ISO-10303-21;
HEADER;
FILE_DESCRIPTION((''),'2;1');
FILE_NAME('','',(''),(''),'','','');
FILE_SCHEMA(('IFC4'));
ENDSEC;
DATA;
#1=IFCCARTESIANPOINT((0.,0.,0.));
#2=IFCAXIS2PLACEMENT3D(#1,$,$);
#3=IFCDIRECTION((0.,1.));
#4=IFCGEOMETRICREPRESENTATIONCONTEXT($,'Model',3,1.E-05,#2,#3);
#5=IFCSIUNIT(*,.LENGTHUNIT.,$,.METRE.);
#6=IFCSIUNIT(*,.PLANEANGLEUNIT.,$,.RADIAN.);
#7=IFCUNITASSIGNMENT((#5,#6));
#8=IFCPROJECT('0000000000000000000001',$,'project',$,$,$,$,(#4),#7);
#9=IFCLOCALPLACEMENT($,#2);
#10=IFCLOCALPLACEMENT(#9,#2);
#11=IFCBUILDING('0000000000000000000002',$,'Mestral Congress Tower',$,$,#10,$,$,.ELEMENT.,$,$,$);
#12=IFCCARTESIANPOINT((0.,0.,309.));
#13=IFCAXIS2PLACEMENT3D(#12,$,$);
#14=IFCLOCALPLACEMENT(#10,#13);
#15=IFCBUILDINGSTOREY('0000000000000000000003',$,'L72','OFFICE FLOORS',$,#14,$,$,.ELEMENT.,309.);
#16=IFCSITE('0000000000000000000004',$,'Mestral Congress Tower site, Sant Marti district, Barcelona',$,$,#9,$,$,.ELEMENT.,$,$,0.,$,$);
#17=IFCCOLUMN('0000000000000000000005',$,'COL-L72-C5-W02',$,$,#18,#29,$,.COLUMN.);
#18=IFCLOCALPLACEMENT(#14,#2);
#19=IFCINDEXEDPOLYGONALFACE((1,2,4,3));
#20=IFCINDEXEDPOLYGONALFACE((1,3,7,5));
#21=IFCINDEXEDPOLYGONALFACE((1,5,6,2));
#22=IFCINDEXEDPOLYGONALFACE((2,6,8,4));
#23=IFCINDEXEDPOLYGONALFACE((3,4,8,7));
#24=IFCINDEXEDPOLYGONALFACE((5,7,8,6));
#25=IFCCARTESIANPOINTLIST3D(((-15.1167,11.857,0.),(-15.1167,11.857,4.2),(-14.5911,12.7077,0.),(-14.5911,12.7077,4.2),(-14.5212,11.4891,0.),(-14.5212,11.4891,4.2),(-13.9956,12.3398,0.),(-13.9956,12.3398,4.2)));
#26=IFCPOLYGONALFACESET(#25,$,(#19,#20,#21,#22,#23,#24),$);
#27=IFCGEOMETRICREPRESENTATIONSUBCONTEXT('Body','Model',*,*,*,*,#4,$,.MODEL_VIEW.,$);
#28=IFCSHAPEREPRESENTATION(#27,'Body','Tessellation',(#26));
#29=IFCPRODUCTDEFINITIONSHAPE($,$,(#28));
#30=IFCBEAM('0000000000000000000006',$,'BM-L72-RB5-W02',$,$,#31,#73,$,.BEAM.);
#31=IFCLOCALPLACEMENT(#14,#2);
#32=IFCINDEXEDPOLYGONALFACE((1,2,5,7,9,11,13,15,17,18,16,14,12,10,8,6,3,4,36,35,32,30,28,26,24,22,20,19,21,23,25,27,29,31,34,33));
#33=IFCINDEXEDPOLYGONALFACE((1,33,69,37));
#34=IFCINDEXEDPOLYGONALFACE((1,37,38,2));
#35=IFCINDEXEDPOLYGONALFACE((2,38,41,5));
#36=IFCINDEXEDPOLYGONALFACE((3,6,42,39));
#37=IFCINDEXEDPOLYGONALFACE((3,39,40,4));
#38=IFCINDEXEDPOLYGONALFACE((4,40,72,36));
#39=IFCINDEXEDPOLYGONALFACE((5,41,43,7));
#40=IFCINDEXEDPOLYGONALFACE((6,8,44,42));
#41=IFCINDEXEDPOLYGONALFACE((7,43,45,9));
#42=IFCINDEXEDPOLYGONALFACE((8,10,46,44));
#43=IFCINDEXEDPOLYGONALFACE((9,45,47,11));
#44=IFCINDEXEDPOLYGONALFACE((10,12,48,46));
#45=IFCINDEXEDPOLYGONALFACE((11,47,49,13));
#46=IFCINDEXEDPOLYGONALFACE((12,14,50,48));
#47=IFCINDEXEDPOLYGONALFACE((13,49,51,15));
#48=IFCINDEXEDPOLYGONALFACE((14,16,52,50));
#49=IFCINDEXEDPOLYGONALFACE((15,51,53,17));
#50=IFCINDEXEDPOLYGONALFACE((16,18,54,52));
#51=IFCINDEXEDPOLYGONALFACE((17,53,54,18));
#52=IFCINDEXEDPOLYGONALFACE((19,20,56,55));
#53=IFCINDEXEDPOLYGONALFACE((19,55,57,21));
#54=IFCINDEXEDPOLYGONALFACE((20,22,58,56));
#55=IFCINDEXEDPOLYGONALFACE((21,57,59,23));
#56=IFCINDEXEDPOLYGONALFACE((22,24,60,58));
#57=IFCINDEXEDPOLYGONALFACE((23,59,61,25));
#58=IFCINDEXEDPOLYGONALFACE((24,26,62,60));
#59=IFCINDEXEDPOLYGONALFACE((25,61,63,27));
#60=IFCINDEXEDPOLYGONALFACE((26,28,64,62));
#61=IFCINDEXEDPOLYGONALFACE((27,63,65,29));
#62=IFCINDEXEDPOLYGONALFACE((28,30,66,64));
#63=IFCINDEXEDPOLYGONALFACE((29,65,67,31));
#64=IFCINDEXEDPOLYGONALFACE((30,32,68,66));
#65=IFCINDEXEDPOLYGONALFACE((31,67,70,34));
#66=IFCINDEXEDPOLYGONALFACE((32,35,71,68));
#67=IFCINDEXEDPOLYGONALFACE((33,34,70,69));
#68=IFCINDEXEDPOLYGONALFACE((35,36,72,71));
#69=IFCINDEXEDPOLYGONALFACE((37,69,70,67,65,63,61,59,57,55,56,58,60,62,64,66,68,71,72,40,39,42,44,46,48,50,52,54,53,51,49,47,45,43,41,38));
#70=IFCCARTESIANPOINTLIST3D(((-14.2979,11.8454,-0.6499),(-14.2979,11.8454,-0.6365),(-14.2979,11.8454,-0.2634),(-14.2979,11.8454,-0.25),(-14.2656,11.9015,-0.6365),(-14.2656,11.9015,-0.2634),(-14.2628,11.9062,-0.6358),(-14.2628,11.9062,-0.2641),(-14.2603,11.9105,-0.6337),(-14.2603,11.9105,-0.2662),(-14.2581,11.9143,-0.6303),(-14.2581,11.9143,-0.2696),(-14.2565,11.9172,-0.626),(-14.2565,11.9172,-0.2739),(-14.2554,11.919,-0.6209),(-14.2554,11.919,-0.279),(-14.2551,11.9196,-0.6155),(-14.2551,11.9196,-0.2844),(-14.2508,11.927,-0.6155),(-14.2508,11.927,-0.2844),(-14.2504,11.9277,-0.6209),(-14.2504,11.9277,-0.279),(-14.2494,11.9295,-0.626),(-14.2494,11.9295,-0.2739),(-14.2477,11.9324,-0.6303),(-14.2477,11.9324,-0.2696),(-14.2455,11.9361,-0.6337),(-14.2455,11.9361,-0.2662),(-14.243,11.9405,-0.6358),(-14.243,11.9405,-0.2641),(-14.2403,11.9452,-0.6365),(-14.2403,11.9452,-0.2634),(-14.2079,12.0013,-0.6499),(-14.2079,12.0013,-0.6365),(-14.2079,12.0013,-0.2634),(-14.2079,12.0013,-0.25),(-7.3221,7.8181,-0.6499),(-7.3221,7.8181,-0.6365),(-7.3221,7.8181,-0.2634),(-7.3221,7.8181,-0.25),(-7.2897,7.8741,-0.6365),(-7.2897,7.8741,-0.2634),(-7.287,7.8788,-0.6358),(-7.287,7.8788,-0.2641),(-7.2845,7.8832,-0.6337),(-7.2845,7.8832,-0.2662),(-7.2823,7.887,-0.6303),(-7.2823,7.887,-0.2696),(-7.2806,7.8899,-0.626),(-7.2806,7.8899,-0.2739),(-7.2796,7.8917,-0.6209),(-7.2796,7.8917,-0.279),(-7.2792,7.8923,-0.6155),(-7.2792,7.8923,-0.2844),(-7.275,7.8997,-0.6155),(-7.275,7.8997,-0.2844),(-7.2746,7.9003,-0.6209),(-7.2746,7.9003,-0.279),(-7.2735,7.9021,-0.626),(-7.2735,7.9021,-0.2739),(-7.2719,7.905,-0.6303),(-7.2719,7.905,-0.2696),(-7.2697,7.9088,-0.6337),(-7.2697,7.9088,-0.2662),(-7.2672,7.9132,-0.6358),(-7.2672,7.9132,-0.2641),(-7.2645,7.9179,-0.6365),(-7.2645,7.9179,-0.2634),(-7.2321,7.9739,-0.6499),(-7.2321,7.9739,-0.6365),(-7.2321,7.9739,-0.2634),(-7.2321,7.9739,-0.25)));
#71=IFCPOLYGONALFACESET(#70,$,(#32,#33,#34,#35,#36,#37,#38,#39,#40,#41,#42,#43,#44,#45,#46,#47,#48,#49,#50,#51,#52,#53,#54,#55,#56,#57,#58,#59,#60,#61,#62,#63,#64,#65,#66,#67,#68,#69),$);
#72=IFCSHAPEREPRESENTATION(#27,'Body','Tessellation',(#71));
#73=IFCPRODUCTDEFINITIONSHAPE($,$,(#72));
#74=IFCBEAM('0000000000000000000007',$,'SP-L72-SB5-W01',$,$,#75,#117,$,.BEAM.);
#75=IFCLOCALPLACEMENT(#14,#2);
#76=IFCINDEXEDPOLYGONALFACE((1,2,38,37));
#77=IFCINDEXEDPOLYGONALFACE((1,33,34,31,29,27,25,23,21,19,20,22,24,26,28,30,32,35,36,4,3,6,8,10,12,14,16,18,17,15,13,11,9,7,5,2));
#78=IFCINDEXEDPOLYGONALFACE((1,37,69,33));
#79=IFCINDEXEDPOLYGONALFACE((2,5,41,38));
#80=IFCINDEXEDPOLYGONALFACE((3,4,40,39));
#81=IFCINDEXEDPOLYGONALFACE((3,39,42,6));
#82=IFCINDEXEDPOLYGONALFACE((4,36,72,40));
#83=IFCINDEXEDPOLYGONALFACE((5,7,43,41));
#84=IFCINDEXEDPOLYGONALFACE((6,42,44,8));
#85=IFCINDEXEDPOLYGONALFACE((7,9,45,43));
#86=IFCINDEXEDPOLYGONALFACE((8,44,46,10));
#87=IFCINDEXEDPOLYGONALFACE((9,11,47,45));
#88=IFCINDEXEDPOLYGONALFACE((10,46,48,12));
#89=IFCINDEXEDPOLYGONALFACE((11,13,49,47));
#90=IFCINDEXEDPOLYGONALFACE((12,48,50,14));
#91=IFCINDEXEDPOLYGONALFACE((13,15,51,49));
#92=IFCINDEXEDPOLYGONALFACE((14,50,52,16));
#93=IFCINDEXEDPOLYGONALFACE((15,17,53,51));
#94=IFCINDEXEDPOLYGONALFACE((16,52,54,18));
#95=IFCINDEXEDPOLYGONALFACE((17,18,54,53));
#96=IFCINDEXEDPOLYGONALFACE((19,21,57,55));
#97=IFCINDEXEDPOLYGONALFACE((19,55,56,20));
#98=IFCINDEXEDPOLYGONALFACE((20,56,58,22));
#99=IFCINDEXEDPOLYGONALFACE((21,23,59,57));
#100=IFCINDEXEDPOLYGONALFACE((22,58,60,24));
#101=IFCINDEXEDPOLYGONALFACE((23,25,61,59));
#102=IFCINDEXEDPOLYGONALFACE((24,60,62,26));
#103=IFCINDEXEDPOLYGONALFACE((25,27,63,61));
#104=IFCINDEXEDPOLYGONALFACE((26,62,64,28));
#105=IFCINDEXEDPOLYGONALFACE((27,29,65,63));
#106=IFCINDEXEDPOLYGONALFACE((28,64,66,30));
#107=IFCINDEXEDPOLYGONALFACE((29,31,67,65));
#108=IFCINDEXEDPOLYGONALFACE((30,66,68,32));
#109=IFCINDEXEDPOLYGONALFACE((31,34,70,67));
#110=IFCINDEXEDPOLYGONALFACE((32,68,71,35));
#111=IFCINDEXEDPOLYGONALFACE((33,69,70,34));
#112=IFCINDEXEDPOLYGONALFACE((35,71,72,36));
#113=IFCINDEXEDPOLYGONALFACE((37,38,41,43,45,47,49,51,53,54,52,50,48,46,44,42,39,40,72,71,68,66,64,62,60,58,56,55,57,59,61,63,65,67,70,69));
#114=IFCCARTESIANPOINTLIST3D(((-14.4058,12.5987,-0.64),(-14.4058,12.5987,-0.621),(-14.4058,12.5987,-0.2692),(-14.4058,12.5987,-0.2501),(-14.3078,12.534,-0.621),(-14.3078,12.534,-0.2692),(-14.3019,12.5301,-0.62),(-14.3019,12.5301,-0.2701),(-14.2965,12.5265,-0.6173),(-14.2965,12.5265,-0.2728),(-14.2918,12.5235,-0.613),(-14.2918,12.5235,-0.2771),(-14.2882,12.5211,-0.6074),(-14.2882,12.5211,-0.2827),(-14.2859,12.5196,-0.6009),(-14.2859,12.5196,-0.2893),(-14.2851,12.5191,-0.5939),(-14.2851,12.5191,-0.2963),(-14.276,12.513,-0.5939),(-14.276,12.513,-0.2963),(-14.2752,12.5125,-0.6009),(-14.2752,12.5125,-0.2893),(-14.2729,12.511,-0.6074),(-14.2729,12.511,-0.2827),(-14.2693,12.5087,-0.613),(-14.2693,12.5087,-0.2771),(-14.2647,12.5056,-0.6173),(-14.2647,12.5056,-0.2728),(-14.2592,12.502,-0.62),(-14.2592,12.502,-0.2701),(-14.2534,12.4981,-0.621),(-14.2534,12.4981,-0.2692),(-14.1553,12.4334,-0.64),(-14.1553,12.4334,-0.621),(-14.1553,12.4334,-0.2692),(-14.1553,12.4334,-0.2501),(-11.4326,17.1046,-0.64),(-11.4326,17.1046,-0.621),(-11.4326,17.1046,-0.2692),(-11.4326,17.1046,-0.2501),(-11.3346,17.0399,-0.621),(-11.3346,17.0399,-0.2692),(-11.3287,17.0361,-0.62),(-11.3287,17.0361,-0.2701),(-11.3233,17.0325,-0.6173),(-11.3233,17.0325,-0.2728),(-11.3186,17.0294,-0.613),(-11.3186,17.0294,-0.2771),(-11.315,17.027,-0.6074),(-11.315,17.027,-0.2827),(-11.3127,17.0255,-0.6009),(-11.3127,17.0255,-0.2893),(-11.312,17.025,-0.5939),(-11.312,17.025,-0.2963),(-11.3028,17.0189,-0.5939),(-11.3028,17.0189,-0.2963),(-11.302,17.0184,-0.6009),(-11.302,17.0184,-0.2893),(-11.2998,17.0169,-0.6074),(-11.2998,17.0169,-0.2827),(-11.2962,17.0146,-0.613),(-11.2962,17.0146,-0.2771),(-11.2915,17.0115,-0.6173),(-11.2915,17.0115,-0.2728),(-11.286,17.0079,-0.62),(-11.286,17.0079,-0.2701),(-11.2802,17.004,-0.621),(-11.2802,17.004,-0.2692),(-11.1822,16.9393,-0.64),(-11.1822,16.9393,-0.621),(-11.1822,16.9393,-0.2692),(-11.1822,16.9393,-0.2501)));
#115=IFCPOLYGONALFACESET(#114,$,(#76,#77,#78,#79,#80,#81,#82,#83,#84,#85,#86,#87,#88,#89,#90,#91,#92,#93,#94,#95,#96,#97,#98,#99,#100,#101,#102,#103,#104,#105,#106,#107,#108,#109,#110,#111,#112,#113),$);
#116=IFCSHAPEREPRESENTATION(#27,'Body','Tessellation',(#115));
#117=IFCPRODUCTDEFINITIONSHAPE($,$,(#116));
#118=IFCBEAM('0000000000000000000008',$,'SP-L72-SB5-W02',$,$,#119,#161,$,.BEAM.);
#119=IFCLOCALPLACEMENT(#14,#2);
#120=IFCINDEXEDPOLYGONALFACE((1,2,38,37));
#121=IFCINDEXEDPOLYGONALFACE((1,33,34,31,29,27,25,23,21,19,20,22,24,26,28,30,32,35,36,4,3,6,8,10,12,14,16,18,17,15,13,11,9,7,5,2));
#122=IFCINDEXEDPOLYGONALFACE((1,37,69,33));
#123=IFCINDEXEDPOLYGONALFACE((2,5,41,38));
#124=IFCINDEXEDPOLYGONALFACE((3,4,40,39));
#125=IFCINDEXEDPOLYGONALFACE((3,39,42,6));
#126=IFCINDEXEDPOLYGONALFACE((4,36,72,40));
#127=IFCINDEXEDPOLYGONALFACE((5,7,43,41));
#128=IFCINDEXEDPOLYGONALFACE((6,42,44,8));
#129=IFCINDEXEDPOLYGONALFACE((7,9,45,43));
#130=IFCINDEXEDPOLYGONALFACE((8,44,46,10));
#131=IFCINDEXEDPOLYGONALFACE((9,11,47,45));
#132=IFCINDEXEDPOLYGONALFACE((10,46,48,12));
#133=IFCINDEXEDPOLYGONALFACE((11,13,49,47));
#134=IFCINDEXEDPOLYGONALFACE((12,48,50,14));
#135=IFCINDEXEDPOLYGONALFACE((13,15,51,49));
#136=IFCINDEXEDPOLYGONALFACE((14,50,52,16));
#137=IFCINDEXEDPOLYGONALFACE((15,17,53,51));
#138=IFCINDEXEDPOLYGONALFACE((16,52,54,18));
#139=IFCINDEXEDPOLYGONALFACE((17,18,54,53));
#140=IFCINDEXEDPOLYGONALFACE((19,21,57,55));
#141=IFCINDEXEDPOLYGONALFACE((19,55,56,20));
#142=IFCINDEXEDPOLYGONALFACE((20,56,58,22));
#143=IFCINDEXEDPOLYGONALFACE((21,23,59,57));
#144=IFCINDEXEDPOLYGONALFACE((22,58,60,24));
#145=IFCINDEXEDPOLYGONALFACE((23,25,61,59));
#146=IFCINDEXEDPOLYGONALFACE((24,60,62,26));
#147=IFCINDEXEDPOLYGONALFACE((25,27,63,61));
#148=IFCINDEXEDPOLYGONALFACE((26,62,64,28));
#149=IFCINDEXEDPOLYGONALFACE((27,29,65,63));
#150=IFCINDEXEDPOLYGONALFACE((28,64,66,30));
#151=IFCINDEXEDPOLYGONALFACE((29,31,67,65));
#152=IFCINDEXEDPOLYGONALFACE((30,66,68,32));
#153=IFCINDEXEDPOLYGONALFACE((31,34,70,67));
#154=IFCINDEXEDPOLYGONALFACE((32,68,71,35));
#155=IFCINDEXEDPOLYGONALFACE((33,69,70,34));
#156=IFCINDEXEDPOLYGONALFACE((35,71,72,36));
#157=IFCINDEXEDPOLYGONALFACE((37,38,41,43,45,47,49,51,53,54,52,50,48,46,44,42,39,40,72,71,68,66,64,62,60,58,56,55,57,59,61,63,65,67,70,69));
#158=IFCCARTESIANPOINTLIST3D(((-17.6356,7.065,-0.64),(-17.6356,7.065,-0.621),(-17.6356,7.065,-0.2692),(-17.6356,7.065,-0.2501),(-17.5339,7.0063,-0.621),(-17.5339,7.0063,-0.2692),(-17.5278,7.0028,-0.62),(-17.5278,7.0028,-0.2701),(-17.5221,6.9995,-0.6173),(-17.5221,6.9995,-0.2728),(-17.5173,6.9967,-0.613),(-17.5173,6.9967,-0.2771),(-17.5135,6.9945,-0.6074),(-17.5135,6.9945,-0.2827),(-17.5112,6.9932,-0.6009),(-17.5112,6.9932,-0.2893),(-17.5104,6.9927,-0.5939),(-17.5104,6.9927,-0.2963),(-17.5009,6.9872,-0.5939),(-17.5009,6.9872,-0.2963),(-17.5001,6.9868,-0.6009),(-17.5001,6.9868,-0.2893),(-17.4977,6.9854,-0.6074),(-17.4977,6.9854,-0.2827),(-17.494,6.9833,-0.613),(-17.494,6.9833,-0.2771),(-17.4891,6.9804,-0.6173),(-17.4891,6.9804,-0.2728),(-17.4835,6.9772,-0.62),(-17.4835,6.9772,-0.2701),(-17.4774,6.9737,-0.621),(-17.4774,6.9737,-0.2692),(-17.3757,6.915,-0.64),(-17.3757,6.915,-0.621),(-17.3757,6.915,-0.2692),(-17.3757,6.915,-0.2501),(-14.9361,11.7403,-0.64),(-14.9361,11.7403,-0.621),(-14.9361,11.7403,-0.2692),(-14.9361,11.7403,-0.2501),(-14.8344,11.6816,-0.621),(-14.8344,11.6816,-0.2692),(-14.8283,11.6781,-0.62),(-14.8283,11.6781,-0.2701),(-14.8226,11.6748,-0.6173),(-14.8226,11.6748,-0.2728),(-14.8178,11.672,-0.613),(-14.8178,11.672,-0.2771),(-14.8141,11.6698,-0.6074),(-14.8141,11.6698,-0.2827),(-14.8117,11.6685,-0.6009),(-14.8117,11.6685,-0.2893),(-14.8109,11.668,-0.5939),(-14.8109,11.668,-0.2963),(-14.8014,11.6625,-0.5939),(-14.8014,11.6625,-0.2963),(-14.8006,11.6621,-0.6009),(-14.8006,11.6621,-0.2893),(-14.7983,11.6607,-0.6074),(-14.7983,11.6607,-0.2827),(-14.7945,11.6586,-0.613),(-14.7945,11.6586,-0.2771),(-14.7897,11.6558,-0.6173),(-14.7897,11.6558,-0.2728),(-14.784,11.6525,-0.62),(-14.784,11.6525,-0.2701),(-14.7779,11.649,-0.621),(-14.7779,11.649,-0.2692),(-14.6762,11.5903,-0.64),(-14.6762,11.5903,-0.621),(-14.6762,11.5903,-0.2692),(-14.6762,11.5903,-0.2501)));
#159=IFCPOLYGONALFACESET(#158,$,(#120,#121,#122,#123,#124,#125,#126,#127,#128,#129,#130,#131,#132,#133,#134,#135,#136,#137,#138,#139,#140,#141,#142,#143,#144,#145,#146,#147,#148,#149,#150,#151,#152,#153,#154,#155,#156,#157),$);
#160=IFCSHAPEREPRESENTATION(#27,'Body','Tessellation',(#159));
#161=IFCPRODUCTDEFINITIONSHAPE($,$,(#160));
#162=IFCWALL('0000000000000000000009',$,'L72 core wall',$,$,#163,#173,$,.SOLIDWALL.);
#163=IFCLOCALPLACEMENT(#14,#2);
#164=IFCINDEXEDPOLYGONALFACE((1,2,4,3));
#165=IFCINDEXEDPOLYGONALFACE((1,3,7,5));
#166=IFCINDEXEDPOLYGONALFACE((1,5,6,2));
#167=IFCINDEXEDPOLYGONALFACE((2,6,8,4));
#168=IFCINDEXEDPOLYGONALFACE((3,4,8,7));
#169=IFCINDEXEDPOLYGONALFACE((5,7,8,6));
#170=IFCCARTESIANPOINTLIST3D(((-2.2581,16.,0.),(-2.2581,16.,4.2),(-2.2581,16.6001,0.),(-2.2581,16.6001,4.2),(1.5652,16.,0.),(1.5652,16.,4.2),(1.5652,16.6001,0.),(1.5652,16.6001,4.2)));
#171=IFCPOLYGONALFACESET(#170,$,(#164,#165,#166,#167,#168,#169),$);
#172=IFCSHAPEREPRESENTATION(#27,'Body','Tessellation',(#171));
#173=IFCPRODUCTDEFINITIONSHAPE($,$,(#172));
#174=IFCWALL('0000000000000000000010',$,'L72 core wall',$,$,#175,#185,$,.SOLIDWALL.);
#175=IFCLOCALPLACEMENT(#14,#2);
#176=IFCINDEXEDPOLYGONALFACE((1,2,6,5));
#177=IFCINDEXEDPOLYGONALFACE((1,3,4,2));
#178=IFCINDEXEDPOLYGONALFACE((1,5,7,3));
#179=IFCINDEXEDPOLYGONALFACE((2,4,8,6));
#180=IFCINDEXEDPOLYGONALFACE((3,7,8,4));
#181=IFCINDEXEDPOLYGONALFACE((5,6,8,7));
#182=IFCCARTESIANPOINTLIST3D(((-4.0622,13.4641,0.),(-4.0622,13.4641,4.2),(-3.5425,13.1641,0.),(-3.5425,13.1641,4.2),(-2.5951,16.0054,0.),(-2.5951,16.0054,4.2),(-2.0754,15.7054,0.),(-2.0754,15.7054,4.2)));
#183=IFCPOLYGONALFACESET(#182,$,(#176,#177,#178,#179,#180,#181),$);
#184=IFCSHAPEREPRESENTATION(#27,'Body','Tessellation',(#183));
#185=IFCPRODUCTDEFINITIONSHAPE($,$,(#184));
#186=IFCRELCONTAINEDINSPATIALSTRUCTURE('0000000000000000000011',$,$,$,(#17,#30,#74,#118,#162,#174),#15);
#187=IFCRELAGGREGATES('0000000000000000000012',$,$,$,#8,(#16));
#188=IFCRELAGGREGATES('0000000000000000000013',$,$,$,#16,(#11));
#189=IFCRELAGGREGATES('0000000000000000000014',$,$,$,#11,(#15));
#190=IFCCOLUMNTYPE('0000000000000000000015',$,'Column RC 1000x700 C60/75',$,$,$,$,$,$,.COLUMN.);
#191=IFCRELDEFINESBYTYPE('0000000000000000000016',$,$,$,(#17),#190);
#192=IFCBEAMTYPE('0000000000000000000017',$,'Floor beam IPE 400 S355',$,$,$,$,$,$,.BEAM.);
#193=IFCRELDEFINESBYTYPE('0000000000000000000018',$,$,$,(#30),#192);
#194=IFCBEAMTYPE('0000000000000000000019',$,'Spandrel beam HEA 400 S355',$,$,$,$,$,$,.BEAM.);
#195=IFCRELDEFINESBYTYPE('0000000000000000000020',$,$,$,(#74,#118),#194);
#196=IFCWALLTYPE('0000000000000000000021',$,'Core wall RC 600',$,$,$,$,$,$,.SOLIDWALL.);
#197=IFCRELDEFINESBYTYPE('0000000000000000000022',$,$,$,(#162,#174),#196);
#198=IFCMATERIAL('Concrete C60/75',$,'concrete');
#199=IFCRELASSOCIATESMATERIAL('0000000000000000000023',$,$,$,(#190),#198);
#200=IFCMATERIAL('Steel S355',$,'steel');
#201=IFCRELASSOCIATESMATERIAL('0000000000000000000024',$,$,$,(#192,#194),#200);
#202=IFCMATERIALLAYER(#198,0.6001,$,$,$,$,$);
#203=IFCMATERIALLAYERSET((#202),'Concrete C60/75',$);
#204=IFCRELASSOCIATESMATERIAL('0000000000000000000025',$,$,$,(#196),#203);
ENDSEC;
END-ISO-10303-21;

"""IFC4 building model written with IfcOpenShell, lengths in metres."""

from ifc_helpers import new_model, si_unit, direction, frame, frame_2d, origin, origin_2d, place, context, subcontext, project, spatial, rectangle, i_section, extrude, material, layer, layer_set, material_profile, profile_set, type_object, element, save


model = new_model("IFC4")

# Units and contexts
model_context = context("Model", 3, precision=1e-05, world=origin(), true_north=direction((0.0, 1.0)))
body_context = subcontext(model_context, "Body", "Model", "MODEL_VIEW")
ifc_project = project(units=[si_unit("LENGTHUNIT", "METRE"), si_unit("PLANEANGLEUNIT", "RADIAN")], contexts=[model_context])

# Site, building, storey
site_placement = place(None, origin())
site = spatial("IfcSite", under=ifc_project, at=site_placement, Name="Mestral Congress Tower site, Sant Marti district, Barcelona", CompositionType="ELEMENT", RefElevation=0.0)
building_placement = place(site_placement, origin())
building = spatial("IfcBuilding", under=site, at=building_placement, Name="Mestral Congress Tower", CompositionType="ELEMENT")
storey_placement = place(building_placement, frame((0.0, 0.0, 309.0)))
storey = spatial("IfcBuildingStorey", under=building, at=storey_placement, Name="L72", Description="OFFICE FLOORS", CompositionType="ELEMENT", Elevation=309.0)

# Column
ifc_material_1 = material(Name="Concrete C60/75", Category="concrete")
ifc_material_profile_1 = material_profile(ifc_material_1, rectangle(XDim=1.0, YDim=0.7, at=origin_2d()), Name="RC 1000x700")
ifc_profile_set_1 = profile_set([ifc_material_profile_1], Name="Concrete C60/75")
column_type = type_object("IfcColumnType", Name="Column RC 1000x700 C60/75", PredefinedType="COLUMN", material=ifc_profile_set_1)
column_placement = place(storey_placement, frame((-14.5562, 12.0984, 0.0), z_axis=(0.0, 0.0, 1.0), x_axis=(-0.52561, -0.850726, 0.0)))
element("IfcColumn", 1, at=column_placement, inside=storey, type_object=column_type, Name="COL-L72-C5-W02", PredefinedType="COLUMN", context=body_context, shape_type="SweptSolid", body=[
    extrude(rectangle(XDim=1.0, YDim=0.7, at=origin_2d()), origin(), (0.0, 0.0, 1.0), 4.2),
])

# Beams
ifc_material_2 = material(Name="Steel S355", Category="steel")
ifc_material_profile_2 = material_profile(ifc_material_2, i_section(OverallWidth=0.1799, OverallDepth=0.3999, WebThickness=0.0085, FlangeThickness=0.0134, FilletRadius=0.021, at=origin_2d()), Name="IPE 400")
ifc_profile_set_2 = profile_set([ifc_material_profile_2], Name="Steel S355")
beam_type_1 = type_object("IfcBeamType", Name="Floor beam IPE 400 S355", PredefinedType="BEAM", material=ifc_profile_set_2)
beam_1_placement = place(storey_placement, frame((-14.2529, 11.9233, -0.45), z_axis=(0.866034, -0.499986, 0.0), x_axis=(0.499986, 0.866034, 0.0)))
element("IfcBeam", 2, at=beam_1_placement, inside=storey, type_object=beam_type_1, Name="BM-L72-RB5-W02", PredefinedType="BEAM", context=body_context, shape_type="SweptSolid", body=[
    extrude(i_section(OverallWidth=0.1799, OverallDepth=0.3999, WebThickness=0.0085, FlangeThickness=0.0134, FilletRadius=0.021, at=origin_2d()), origin(), (0.0, 0.0, 1.0), 8.0549),
])
ifc_material_profile_3 = material_profile(ifc_material_2, i_section(OverallWidth=0.3, OverallDepth=0.3899, WebThickness=0.011, FlangeThickness=0.019, FilletRadius=0.0271, at=origin_2d()), Name="HEA 400")
ifc_profile_set_3 = profile_set([ifc_material_profile_3], Name="Steel S355")
beam_type_2 = type_object("IfcBeamType", Name="Spandrel beam HEA 400 S355", PredefinedType="BEAM", material=ifc_profile_set_3)
beam_2_placement = place(storey_placement, frame((-11.3074, 17.022, -0.4451), z_axis=(-0.550749, -0.834671, 0.0), x_axis=(0.834671, -0.550749, 0.0)))
element("IfcBeam", 3, at=beam_2_placement, inside=storey, type_object=beam_type_2, Name="SP-L72-SB5-W01", PredefinedType="BEAM", context=body_context, shape_type="SweptSolid", body=[
    extrude(i_section(OverallWidth=0.3, OverallDepth=0.3899, WebThickness=0.011, FlangeThickness=0.019, FilletRadius=0.0271, at=origin_2d()), origin(), (0.0, 0.0, 1.0), 5.3984),
])
beam_3_placement = place(storey_placement, frame((-14.8062, 11.6653, -0.4451), z_axis=(-0.500025, -0.866011, 0.0), x_axis=(0.866011, -0.500025, 0.0)))
element("IfcBeam", 4, at=beam_3_placement, inside=storey, type_object=beam_type_2, Name="SP-L72-SB5-W02", PredefinedType="BEAM", context=body_context, shape_type="SweptSolid", body=[
    extrude(i_section(OverallWidth=0.3, OverallDepth=0.3899, WebThickness=0.011, FlangeThickness=0.019, FilletRadius=0.0271, at=origin_2d()), origin(), (0.0, 0.0, 1.0), 5.3987),
])

# Walls
ifc_layer_1 = layer(ifc_material_1, 0.6001)
ifc_layer_set_1 = layer_set([ifc_layer_1], Name="Concrete C60/75")
wall_type_1 = type_object("IfcWallType", Name="Core wall RC 600", PredefinedType="SOLIDWALL", material=ifc_layer_set_1)
wall_1_placement = place(storey_placement, frame((-2.2581, 16.3, 0.0), z_axis=(0.0, 0.0, 1.0), x_axis=(1.0, 0.0, 0.0)))
element("IfcWall", 5, at=wall_1_placement, inside=storey, type_object=wall_type_1, Name="L72 core wall", PredefinedType="SOLIDWALL", context=body_context, shape_type="SweptSolid", body=[
    extrude(rectangle(XDim=3.8232, YDim=0.6001, at=frame_2d((1.9116, 0.0))), origin(), (0.0, 0.0, 1.0), 4.2),
])
wall_2_placement = place(storey_placement, frame((-2.3352, 15.8555, 0.0), z_axis=(0.0, 0.0, 1.0), x_axis=(-0.49996, -0.866048, 0.0)))
element("IfcWall", 6, at=wall_2_placement, inside=storey, type_object=wall_type_1, Name="L72 core wall", PredefinedType="SOLIDWALL", context=body_context, shape_type="SweptSolid", body=[
    extrude(rectangle(XDim=2.9343, YDim=0.6001, at=frame_2d((1.4673, 0.0))), origin(), (0.0, 0.0, 1.0), 4.2),
])

save(model, "model.ifc")
